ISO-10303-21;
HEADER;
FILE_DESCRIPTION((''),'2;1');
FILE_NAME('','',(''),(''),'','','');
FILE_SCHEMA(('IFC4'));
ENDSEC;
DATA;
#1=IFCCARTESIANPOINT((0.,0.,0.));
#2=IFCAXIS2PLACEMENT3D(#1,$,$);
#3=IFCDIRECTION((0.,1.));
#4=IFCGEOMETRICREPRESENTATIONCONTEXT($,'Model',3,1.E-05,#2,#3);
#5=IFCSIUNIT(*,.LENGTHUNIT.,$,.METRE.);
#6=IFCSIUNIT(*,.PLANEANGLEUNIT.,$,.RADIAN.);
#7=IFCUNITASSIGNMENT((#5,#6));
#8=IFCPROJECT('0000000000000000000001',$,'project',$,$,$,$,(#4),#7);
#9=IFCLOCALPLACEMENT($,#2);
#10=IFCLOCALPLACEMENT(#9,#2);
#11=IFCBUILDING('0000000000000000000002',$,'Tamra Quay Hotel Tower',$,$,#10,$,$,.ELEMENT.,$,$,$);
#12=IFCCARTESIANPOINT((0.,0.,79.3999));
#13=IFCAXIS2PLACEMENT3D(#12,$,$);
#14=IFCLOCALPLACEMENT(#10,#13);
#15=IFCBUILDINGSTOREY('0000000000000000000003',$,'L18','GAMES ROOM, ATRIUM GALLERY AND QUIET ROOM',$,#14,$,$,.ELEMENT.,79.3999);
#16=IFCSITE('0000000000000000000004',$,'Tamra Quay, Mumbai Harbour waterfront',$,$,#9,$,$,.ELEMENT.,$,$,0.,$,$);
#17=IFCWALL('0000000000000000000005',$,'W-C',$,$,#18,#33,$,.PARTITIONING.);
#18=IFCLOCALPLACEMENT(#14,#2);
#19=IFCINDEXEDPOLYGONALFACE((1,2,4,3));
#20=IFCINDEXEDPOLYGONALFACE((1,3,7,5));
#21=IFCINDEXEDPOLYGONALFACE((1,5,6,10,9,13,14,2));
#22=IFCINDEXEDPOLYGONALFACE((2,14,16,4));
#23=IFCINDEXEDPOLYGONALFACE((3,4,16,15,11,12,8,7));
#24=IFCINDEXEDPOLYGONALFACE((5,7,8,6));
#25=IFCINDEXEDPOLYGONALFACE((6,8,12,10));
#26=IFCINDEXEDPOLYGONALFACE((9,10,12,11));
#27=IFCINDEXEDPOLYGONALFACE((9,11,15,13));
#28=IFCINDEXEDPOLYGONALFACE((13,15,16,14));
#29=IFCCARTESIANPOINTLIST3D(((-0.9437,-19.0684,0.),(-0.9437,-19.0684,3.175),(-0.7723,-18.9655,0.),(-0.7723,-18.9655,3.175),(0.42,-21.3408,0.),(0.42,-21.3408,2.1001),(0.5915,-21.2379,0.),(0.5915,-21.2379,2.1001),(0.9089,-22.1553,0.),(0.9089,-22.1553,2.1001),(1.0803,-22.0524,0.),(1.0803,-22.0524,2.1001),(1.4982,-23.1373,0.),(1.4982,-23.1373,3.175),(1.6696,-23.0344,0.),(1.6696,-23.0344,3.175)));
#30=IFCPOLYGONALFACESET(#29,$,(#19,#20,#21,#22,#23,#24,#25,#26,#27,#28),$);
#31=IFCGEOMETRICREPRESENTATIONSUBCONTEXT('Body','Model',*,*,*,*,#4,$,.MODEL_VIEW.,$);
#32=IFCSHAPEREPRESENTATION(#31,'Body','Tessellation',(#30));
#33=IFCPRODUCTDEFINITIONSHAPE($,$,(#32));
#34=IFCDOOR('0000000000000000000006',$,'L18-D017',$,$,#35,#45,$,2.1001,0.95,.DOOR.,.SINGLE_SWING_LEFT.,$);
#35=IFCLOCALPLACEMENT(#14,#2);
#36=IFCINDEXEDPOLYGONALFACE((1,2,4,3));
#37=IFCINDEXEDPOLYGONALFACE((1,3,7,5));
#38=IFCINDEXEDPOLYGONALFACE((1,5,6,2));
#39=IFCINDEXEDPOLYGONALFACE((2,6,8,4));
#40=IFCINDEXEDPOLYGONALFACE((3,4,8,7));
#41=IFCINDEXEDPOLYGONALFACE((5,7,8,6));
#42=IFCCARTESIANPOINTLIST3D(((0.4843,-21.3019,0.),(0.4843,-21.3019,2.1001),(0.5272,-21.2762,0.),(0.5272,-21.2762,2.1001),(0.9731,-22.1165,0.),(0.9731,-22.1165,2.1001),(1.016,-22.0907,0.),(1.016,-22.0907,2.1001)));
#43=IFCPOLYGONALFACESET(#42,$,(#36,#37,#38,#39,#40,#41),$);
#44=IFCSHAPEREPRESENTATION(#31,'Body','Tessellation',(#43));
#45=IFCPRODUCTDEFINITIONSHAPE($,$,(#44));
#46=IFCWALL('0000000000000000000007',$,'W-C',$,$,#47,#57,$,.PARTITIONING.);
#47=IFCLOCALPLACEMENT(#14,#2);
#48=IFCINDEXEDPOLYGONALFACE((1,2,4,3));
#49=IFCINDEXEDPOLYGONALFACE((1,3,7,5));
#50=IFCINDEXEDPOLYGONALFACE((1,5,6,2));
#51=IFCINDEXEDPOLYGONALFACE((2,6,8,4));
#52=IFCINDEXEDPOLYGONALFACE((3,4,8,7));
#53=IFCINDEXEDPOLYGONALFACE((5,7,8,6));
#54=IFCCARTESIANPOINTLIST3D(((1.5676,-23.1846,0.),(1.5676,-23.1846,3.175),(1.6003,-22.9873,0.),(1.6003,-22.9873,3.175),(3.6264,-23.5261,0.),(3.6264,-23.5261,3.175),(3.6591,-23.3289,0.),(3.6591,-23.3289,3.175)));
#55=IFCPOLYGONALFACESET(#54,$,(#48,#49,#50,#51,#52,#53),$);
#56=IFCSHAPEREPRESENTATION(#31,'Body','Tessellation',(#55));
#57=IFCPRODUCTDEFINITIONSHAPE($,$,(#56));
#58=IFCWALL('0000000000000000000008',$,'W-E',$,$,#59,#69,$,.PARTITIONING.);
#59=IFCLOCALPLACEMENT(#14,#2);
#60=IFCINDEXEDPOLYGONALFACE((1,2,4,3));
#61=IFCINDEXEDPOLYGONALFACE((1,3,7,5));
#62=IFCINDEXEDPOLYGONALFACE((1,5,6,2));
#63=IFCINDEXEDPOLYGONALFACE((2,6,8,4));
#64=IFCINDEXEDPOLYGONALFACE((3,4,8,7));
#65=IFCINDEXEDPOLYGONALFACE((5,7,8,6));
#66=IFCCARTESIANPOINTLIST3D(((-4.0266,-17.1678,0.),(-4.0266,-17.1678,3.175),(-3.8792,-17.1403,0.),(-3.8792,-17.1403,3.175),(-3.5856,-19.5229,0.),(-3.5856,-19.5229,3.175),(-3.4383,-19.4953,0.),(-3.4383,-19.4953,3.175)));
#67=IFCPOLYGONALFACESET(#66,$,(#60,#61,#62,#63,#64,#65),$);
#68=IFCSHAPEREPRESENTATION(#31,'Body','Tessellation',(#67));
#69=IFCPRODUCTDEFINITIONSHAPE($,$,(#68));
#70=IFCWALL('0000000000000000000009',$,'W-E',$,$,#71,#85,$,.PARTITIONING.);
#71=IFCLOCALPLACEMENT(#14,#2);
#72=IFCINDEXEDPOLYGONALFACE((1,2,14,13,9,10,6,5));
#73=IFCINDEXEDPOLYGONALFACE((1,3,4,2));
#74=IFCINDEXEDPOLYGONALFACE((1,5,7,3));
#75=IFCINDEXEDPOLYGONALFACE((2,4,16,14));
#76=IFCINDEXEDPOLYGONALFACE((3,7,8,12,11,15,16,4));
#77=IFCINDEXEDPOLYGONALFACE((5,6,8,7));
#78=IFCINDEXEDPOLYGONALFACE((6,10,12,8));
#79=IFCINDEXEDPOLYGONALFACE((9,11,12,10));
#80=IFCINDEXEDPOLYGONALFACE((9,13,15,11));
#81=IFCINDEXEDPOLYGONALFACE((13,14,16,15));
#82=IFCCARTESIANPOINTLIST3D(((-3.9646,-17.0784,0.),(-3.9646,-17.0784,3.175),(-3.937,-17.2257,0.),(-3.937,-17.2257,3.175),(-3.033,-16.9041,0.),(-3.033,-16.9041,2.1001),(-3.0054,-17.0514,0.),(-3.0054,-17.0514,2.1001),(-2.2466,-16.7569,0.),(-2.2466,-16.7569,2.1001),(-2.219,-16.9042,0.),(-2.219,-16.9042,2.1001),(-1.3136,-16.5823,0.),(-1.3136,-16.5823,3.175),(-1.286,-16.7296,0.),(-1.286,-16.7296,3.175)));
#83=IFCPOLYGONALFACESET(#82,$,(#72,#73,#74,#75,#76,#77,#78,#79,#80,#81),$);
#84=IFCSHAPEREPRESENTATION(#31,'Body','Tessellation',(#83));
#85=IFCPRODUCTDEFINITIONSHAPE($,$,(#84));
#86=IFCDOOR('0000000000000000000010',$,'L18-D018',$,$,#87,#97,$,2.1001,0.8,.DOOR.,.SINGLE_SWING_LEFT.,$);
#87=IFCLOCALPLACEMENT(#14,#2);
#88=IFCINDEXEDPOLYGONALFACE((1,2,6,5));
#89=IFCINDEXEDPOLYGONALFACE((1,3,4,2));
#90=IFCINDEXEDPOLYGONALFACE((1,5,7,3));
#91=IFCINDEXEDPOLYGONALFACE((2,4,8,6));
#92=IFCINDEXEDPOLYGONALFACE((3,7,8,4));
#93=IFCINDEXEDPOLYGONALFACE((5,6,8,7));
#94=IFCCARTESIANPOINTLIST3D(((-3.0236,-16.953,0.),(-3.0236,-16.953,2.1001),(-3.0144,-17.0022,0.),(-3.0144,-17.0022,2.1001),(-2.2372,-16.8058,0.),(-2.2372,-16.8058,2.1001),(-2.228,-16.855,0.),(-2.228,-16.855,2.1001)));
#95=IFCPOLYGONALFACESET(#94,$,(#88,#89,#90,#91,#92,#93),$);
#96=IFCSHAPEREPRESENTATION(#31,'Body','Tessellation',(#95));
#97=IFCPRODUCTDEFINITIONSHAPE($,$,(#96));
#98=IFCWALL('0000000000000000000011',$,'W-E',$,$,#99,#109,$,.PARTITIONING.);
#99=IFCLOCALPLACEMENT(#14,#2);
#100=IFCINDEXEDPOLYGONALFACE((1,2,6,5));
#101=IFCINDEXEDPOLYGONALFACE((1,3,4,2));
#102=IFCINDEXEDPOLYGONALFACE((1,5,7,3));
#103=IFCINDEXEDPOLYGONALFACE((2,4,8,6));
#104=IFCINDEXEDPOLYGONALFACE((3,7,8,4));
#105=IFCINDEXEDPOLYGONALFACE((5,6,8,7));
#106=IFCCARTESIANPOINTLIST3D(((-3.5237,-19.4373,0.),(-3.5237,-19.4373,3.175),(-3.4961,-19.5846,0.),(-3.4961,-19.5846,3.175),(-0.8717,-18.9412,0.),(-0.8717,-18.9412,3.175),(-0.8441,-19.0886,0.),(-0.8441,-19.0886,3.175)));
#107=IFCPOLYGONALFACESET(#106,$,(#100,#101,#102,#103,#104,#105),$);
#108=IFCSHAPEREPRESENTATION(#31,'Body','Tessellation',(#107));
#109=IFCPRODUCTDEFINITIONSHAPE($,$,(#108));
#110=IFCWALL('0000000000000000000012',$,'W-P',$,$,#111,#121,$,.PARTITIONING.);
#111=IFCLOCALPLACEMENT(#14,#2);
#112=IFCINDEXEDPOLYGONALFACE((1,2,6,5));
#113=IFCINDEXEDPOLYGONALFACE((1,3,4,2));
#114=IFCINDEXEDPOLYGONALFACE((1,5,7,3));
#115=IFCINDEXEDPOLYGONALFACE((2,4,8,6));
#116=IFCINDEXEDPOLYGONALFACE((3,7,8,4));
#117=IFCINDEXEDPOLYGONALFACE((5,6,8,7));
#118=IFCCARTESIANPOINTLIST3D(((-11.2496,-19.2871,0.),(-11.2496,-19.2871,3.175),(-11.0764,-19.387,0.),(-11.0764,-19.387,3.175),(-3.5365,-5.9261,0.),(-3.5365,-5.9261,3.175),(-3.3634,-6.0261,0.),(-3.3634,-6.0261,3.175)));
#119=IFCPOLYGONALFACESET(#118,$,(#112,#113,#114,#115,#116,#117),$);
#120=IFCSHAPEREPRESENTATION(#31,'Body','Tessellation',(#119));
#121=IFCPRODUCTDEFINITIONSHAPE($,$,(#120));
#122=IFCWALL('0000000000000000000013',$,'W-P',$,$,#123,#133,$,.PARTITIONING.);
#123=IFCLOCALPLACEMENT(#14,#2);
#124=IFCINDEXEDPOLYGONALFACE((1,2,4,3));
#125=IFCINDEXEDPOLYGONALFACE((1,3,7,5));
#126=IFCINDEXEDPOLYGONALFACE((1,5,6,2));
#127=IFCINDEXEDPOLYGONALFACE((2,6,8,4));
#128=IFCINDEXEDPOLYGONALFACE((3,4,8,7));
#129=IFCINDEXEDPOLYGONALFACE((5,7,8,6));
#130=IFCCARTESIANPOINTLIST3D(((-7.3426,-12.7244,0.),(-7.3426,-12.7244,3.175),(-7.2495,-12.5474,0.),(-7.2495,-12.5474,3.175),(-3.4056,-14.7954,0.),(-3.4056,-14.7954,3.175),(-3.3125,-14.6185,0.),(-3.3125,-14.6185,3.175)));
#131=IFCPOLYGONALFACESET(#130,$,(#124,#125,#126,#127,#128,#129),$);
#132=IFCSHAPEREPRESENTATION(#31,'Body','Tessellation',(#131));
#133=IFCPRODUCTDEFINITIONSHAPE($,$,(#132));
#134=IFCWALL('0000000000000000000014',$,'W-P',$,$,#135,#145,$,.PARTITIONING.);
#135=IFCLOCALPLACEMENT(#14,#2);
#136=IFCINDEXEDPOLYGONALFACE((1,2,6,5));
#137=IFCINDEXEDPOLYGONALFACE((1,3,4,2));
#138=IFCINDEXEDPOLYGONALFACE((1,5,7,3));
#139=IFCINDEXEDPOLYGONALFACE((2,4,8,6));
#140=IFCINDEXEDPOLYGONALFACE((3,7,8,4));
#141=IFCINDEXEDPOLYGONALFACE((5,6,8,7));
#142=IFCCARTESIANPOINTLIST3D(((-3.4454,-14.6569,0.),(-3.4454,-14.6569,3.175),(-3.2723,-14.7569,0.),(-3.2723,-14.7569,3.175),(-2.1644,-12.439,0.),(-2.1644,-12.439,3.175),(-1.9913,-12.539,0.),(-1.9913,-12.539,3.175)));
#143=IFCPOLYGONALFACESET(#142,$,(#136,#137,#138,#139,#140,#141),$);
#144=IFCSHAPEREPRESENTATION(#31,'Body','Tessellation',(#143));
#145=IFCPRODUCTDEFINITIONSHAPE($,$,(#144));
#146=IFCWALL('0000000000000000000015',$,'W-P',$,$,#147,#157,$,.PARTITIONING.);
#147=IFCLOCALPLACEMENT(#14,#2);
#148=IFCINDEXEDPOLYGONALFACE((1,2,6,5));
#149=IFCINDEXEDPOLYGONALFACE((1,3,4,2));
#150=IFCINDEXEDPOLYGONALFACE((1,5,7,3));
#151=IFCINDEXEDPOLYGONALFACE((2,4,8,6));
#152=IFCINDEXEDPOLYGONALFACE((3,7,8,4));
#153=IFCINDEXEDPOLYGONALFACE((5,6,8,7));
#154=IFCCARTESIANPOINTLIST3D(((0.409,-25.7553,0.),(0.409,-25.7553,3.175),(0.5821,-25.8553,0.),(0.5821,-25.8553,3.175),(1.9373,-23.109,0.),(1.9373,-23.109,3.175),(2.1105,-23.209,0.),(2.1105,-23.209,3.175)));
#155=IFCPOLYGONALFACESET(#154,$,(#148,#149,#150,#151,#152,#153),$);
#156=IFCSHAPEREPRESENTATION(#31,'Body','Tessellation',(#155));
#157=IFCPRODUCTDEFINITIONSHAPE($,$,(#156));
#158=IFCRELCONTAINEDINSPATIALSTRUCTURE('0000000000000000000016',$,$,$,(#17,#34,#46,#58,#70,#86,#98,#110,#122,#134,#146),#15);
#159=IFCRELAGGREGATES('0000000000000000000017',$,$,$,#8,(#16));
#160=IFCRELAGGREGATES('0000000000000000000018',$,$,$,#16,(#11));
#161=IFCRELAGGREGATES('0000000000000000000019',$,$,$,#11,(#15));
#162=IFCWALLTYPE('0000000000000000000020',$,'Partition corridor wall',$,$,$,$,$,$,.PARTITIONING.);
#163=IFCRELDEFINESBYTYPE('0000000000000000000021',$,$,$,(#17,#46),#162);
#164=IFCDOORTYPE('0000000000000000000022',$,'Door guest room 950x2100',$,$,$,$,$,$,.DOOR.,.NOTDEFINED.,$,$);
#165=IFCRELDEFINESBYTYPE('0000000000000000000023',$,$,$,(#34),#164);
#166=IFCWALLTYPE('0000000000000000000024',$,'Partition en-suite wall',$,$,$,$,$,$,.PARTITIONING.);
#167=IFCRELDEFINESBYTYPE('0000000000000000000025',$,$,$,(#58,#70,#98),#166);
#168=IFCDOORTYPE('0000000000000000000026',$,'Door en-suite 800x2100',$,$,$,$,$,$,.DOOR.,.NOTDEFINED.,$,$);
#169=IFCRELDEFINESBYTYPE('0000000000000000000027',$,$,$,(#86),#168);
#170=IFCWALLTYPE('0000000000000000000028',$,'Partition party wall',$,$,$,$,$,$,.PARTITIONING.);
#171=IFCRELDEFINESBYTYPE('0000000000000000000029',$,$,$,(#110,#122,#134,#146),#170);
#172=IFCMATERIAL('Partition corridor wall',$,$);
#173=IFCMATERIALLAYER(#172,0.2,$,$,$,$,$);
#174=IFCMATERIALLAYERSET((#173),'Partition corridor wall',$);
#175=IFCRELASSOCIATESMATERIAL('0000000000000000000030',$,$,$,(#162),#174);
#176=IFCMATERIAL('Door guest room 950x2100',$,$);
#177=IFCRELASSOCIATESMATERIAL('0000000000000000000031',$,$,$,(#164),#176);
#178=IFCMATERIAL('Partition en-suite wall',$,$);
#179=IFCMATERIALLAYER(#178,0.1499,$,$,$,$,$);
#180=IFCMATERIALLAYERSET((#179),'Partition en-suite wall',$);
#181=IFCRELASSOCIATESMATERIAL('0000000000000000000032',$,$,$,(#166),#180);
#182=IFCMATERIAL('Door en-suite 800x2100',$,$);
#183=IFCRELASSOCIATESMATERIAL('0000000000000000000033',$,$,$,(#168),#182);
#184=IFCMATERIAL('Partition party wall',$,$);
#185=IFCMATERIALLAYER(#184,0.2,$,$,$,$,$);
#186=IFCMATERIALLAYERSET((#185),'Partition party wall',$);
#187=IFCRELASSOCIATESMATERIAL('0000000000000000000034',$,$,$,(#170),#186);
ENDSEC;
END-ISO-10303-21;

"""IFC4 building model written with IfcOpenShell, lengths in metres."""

from ifc_helpers import new_model, si_unit, direction, frame, frame_2d, origin, place, context, subcontext, project, spatial, rectangle, extrude, material, layer, layer_set, type_object, element, fill, save


model = new_model("IFC4")

# Units and contexts
model_context = context("Model", 3, precision=1e-05, world=origin(), true_north=direction((0.0, 1.0)))
body_context = subcontext(model_context, "Body", "Model", "MODEL_VIEW")
ifc_project = project(units=[si_unit("LENGTHUNIT", "METRE"), si_unit("PLANEANGLEUNIT", "RADIAN")], contexts=[model_context])

# Site, building, storey
site_placement = place(None, origin())
site = spatial("IfcSite", under=ifc_project, at=site_placement, Name="Tamra Quay, Mumbai Harbour waterfront", CompositionType="ELEMENT", RefElevation=0.0)
building_placement = place(site_placement, origin())
building = spatial("IfcBuilding", under=site, at=building_placement, Name="Tamra Quay Hotel Tower", CompositionType="ELEMENT")
storey_placement = place(building_placement, frame((0.0, 0.0, 79.3999)))
storey = spatial("IfcBuildingStorey", under=building, at=storey_placement, Name="L18", Description="GAMES ROOM, ATRIUM GALLERY AND QUIET ROOM", CompositionType="ELEMENT", Elevation=79.3999)

# Wall, opening, door
ifc_material_1 = material(Name="Partition corridor wall")
ifc_layer_1 = layer(ifc_material_1, 0.2)
ifc_layer_set_1 = layer_set([ifc_layer_1], Name="Partition corridor wall")
wall_type_1 = type_object("IfcWallType", Name="Partition corridor wall", PredefinedType="PARTITIONING", material=ifc_layer_set_1)
wall_1_placement = place(storey_placement, frame((-0.8579, -19.0171, 0.0), z_axis=(0.0, 0.0, 1.0), x_axis=(0.514587, -0.857438, 0.0)))
wall_1 = element("IfcWall", 1, at=wall_1_placement, inside=storey, type_object=wall_type_1, Name="W-C", PredefinedType="PARTITIONING", context=body_context, shape_type="SweptSolid", body=[
    extrude(rectangle(XDim=4.7454, YDim=0.2, at=frame_2d((2.3726, 0.0))), origin(), (0.0, 0.0, 1.0), 3.175),
])
opening_1_placement = place(wall_1_placement, frame((2.6499, 0.0, 0.0)))
opening_1 = element("IfcOpeningElement", 2, at=opening_1_placement, cuts=wall_1, PredefinedType="OPENING", context=body_context, shape_type="SweptSolid", body=[
    extrude(rectangle(XDim=0.95, YDim=2.1001, at=frame_2d((0.4751, 1.05))), frame((0.0, 0.1099, 0.0), z_axis=(0.0, -1.0, 0.0), x_axis=(1.0, 0.0, 0.0)), (0.0, 0.0, 1.0), 0.22),
])
ifc_material_2 = material(Name="Door guest room 950x2100")
door_type_1 = type_object("IfcDoorType", Name="Door guest room 950x2100", OperationType="NOTDEFINED", PredefinedType="DOOR", material=ifc_material_2)
door_1_placement = place(opening_1_placement, frame((0.95, 0.0, 0.0), z_axis=(0.0, 0.0, 1.0), x_axis=(-1.0, 0.0, 0.0)))
door_1 = element("IfcDoor", 3, at=door_1_placement, inside=storey, type_object=door_type_1, Name="L18-D017", OperationType="SINGLE_SWING_LEFT", OverallHeight=2.1001, OverallWidth=0.95, PredefinedType="DOOR", context=body_context, shape_type="SweptSolid", body=[
    extrude(rectangle(XDim=0.95, YDim=2.1001, at=frame_2d((0.4751, 1.05))), frame((0.0, 0.0249, 0.0), z_axis=(0.0, -1.0, 0.0), x_axis=(1.0, 0.0, 0.0)), (0.0, 0.0, 1.0), 0.05),
])
fill(opening_1, door_1)

# Walls
wall_2_placement = place(storey_placement, frame((1.584, -23.0859, 0.0), z_axis=(0.0, 0.0, 1.0), x_axis=(0.986517, -0.163659, 0.0)))
element("IfcWall", 4, at=wall_2_placement, inside=storey, type_object=wall_type_1, Name="W-C", PredefinedType="PARTITIONING", context=body_context, shape_type="SweptSolid", body=[
    extrude(rectangle(XDim=2.0869, YDim=0.2, at=frame_2d((1.0435, 0.0))), origin(), (0.0, 0.0, 1.0), 3.175),
])
ifc_material_3 = material(Name="Partition en-suite wall")
ifc_layer_2 = layer(ifc_material_3, 0.1499)
ifc_layer_set_2 = layer_set([ifc_layer_2], Name="Partition en-suite wall")
wall_type_2 = type_object("IfcWallType", Name="Partition en-suite wall", PredefinedType="PARTITIONING", material=ifc_layer_set_2)
wall_3_placement = place(storey_placement, frame((-3.9529, -17.1541, 0.0), z_axis=(0.0, 0.0, 1.0), x_axis=(0.18403, -0.982921, 0.0)))
element("IfcWall", 5, at=wall_3_placement, inside=storey, type_object=wall_type_2, Name="W-E", PredefinedType="PARTITIONING", context=body_context, shape_type="SweptSolid", body=[
    extrude(rectangle(XDim=2.396, YDim=0.1499, at=frame_2d((1.198, 0.0))), origin(), (0.0, 0.0, 1.0), 3.175),
])

# Wall, opening, door
wall_4_placement = place(storey_placement, frame((-3.9509, -17.1521, 0.0), z_axis=(0.0, 0.0, 1.0), x_axis=(0.982936, 0.18395, 0.0)))
wall_4 = element("IfcWall", 6, at=wall_4_placement, inside=storey, type_object=wall_type_2, Name="W-E", PredefinedType="PARTITIONING", context=body_context, shape_type="SweptSolid", body=[
    extrude(rectangle(XDim=2.697, YDim=0.1499, at=frame_2d((1.3486, 0.0))), origin(), (0.0, 0.0, 1.0), 3.175),
])
opening_2_placement = place(wall_4_placement, frame((0.948, 0.0, 0.0)))
opening_2 = element("IfcOpeningElement", 7, at=opening_2_placement, cuts=wall_4, PredefinedType="OPENING", context=body_context, shape_type="SweptSolid", body=[
    extrude(rectangle(XDim=0.8, YDim=2.1001, at=frame_2d((0.3999, 1.05))), frame((0.0, 0.085, 0.0), z_axis=(0.0, -1.0, 0.0), x_axis=(1.0, 0.0, 0.0)), (0.0, 0.0, 1.0), 0.1699),
])
ifc_material_4 = material(Name="Door en-suite 800x2100")
door_type_2 = type_object("IfcDoorType", Name="Door en-suite 800x2100", OperationType="NOTDEFINED", PredefinedType="DOOR", material=ifc_material_4)
door_2_placement = place(opening_2_placement, frame((0.8, 0.0, 0.0), z_axis=(0.0, 0.0, 1.0), x_axis=(-1.0, 0.0, 0.0)))
door_2 = element("IfcDoor", 8, at=door_2_placement, inside=storey, type_object=door_type_2, Name="L18-D018", OperationType="SINGLE_SWING_LEFT", OverallHeight=2.1001, OverallWidth=0.8, PredefinedType="DOOR", context=body_context, shape_type="SweptSolid", body=[
    extrude(rectangle(XDim=0.8, YDim=2.1001, at=frame_2d((0.3999, 1.05))), frame((0.0, 0.0249, 0.0), z_axis=(0.0, -1.0, 0.0), x_axis=(1.0, 0.0, 0.0)), (0.0, 0.0, 1.0), 0.05),
])
fill(opening_2, door_2)

# Walls
wall_5_placement = place(storey_placement, frame((-3.51, -19.511, 0.0), z_axis=(0.0, 0.0, 1.0), x_axis=(0.982951, 0.183868, 0.0)))
element("IfcWall", 9, at=wall_5_placement, inside=storey, type_object=wall_type_2, Name="W-E", PredefinedType="PARTITIONING", context=body_context, shape_type="SweptSolid", body=[
    extrude(rectangle(XDim=2.698, YDim=0.1499, at=frame_2d((1.3491, 0.0))), origin(), (0.0, 0.0, 1.0), 3.175),
])
ifc_material_5 = material(Name="Partition party wall")
ifc_layer_3 = layer(ifc_material_5, 0.2)
ifc_layer_set_3 = layer_set([ifc_layer_3], Name="Partition party wall")
wall_type_3 = type_object("IfcWallType", Name="Partition party wall", PredefinedType="PARTITIONING", material=ifc_layer_set_3)
wall_6_placement = place(storey_placement, frame((-11.1631, -19.3372, 0.0), z_axis=(0.0, 0.0, 1.0), x_axis=(0.499957, 0.86605, 0.0)))
element("IfcWall", 10, at=wall_6_placement, inside=storey, type_object=wall_type_3, Name="W-P", PredefinedType="PARTITIONING", context=body_context, shape_type="SweptSolid", body=[
    extrude(rectangle(XDim=15.4275, YDim=0.2, at=frame_2d((7.7139, 0.0))), origin(), (0.0, 0.0, 1.0), 3.175),
])
wall_7_placement = place(storey_placement, frame((-7.2959, -12.636, 0.0), z_axis=(0.0, 0.0, 1.0), x_axis=(0.885017, -0.465559, 0.0)))
element("IfcWall", 11, at=wall_7_placement, inside=storey, type_object=wall_type_3, Name="W-P", PredefinedType="PARTITIONING", context=body_context, shape_type="SweptSolid", body=[
    extrude(rectangle(XDim=4.4485, YDim=0.2, at=frame_2d((2.2241, 0.0))), origin(), (0.0, 0.0, 1.0), 3.175),
])
wall_8_placement = place(storey_placement, frame((-3.3589, -14.707, 0.0), z_axis=(0.0, 0.0, 1.0), x_axis=(0.500127, 0.865952, 0.0)))
element("IfcWall", 12, at=wall_8_placement, inside=storey, type_object=wall_type_3, Name="W-P", PredefinedType="PARTITIONING", context=body_context, shape_type="SweptSolid", body=[
    extrude(rectangle(XDim=2.5613, YDim=0.2, at=frame_2d((1.2808, 0.0))), origin(), (0.0, 0.0, 1.0), 3.175),
])
wall_9_placement = place(storey_placement, frame((0.4956, -25.8052, 0.0), z_axis=(0.0, 0.0, 1.0), x_axis=(0.500126, 0.865953, 0.0)))
element("IfcWall", 13, at=wall_9_placement, inside=storey, type_object=wall_type_3, Name="W-P", PredefinedType="PARTITIONING", context=body_context, shape_type="SweptSolid", body=[
    extrude(rectangle(XDim=3.0559, YDim=0.2, at=frame_2d((1.5278, 0.0))), origin(), (0.0, 0.0, 1.0), 3.175),
])

save(model, "model.ifc")
